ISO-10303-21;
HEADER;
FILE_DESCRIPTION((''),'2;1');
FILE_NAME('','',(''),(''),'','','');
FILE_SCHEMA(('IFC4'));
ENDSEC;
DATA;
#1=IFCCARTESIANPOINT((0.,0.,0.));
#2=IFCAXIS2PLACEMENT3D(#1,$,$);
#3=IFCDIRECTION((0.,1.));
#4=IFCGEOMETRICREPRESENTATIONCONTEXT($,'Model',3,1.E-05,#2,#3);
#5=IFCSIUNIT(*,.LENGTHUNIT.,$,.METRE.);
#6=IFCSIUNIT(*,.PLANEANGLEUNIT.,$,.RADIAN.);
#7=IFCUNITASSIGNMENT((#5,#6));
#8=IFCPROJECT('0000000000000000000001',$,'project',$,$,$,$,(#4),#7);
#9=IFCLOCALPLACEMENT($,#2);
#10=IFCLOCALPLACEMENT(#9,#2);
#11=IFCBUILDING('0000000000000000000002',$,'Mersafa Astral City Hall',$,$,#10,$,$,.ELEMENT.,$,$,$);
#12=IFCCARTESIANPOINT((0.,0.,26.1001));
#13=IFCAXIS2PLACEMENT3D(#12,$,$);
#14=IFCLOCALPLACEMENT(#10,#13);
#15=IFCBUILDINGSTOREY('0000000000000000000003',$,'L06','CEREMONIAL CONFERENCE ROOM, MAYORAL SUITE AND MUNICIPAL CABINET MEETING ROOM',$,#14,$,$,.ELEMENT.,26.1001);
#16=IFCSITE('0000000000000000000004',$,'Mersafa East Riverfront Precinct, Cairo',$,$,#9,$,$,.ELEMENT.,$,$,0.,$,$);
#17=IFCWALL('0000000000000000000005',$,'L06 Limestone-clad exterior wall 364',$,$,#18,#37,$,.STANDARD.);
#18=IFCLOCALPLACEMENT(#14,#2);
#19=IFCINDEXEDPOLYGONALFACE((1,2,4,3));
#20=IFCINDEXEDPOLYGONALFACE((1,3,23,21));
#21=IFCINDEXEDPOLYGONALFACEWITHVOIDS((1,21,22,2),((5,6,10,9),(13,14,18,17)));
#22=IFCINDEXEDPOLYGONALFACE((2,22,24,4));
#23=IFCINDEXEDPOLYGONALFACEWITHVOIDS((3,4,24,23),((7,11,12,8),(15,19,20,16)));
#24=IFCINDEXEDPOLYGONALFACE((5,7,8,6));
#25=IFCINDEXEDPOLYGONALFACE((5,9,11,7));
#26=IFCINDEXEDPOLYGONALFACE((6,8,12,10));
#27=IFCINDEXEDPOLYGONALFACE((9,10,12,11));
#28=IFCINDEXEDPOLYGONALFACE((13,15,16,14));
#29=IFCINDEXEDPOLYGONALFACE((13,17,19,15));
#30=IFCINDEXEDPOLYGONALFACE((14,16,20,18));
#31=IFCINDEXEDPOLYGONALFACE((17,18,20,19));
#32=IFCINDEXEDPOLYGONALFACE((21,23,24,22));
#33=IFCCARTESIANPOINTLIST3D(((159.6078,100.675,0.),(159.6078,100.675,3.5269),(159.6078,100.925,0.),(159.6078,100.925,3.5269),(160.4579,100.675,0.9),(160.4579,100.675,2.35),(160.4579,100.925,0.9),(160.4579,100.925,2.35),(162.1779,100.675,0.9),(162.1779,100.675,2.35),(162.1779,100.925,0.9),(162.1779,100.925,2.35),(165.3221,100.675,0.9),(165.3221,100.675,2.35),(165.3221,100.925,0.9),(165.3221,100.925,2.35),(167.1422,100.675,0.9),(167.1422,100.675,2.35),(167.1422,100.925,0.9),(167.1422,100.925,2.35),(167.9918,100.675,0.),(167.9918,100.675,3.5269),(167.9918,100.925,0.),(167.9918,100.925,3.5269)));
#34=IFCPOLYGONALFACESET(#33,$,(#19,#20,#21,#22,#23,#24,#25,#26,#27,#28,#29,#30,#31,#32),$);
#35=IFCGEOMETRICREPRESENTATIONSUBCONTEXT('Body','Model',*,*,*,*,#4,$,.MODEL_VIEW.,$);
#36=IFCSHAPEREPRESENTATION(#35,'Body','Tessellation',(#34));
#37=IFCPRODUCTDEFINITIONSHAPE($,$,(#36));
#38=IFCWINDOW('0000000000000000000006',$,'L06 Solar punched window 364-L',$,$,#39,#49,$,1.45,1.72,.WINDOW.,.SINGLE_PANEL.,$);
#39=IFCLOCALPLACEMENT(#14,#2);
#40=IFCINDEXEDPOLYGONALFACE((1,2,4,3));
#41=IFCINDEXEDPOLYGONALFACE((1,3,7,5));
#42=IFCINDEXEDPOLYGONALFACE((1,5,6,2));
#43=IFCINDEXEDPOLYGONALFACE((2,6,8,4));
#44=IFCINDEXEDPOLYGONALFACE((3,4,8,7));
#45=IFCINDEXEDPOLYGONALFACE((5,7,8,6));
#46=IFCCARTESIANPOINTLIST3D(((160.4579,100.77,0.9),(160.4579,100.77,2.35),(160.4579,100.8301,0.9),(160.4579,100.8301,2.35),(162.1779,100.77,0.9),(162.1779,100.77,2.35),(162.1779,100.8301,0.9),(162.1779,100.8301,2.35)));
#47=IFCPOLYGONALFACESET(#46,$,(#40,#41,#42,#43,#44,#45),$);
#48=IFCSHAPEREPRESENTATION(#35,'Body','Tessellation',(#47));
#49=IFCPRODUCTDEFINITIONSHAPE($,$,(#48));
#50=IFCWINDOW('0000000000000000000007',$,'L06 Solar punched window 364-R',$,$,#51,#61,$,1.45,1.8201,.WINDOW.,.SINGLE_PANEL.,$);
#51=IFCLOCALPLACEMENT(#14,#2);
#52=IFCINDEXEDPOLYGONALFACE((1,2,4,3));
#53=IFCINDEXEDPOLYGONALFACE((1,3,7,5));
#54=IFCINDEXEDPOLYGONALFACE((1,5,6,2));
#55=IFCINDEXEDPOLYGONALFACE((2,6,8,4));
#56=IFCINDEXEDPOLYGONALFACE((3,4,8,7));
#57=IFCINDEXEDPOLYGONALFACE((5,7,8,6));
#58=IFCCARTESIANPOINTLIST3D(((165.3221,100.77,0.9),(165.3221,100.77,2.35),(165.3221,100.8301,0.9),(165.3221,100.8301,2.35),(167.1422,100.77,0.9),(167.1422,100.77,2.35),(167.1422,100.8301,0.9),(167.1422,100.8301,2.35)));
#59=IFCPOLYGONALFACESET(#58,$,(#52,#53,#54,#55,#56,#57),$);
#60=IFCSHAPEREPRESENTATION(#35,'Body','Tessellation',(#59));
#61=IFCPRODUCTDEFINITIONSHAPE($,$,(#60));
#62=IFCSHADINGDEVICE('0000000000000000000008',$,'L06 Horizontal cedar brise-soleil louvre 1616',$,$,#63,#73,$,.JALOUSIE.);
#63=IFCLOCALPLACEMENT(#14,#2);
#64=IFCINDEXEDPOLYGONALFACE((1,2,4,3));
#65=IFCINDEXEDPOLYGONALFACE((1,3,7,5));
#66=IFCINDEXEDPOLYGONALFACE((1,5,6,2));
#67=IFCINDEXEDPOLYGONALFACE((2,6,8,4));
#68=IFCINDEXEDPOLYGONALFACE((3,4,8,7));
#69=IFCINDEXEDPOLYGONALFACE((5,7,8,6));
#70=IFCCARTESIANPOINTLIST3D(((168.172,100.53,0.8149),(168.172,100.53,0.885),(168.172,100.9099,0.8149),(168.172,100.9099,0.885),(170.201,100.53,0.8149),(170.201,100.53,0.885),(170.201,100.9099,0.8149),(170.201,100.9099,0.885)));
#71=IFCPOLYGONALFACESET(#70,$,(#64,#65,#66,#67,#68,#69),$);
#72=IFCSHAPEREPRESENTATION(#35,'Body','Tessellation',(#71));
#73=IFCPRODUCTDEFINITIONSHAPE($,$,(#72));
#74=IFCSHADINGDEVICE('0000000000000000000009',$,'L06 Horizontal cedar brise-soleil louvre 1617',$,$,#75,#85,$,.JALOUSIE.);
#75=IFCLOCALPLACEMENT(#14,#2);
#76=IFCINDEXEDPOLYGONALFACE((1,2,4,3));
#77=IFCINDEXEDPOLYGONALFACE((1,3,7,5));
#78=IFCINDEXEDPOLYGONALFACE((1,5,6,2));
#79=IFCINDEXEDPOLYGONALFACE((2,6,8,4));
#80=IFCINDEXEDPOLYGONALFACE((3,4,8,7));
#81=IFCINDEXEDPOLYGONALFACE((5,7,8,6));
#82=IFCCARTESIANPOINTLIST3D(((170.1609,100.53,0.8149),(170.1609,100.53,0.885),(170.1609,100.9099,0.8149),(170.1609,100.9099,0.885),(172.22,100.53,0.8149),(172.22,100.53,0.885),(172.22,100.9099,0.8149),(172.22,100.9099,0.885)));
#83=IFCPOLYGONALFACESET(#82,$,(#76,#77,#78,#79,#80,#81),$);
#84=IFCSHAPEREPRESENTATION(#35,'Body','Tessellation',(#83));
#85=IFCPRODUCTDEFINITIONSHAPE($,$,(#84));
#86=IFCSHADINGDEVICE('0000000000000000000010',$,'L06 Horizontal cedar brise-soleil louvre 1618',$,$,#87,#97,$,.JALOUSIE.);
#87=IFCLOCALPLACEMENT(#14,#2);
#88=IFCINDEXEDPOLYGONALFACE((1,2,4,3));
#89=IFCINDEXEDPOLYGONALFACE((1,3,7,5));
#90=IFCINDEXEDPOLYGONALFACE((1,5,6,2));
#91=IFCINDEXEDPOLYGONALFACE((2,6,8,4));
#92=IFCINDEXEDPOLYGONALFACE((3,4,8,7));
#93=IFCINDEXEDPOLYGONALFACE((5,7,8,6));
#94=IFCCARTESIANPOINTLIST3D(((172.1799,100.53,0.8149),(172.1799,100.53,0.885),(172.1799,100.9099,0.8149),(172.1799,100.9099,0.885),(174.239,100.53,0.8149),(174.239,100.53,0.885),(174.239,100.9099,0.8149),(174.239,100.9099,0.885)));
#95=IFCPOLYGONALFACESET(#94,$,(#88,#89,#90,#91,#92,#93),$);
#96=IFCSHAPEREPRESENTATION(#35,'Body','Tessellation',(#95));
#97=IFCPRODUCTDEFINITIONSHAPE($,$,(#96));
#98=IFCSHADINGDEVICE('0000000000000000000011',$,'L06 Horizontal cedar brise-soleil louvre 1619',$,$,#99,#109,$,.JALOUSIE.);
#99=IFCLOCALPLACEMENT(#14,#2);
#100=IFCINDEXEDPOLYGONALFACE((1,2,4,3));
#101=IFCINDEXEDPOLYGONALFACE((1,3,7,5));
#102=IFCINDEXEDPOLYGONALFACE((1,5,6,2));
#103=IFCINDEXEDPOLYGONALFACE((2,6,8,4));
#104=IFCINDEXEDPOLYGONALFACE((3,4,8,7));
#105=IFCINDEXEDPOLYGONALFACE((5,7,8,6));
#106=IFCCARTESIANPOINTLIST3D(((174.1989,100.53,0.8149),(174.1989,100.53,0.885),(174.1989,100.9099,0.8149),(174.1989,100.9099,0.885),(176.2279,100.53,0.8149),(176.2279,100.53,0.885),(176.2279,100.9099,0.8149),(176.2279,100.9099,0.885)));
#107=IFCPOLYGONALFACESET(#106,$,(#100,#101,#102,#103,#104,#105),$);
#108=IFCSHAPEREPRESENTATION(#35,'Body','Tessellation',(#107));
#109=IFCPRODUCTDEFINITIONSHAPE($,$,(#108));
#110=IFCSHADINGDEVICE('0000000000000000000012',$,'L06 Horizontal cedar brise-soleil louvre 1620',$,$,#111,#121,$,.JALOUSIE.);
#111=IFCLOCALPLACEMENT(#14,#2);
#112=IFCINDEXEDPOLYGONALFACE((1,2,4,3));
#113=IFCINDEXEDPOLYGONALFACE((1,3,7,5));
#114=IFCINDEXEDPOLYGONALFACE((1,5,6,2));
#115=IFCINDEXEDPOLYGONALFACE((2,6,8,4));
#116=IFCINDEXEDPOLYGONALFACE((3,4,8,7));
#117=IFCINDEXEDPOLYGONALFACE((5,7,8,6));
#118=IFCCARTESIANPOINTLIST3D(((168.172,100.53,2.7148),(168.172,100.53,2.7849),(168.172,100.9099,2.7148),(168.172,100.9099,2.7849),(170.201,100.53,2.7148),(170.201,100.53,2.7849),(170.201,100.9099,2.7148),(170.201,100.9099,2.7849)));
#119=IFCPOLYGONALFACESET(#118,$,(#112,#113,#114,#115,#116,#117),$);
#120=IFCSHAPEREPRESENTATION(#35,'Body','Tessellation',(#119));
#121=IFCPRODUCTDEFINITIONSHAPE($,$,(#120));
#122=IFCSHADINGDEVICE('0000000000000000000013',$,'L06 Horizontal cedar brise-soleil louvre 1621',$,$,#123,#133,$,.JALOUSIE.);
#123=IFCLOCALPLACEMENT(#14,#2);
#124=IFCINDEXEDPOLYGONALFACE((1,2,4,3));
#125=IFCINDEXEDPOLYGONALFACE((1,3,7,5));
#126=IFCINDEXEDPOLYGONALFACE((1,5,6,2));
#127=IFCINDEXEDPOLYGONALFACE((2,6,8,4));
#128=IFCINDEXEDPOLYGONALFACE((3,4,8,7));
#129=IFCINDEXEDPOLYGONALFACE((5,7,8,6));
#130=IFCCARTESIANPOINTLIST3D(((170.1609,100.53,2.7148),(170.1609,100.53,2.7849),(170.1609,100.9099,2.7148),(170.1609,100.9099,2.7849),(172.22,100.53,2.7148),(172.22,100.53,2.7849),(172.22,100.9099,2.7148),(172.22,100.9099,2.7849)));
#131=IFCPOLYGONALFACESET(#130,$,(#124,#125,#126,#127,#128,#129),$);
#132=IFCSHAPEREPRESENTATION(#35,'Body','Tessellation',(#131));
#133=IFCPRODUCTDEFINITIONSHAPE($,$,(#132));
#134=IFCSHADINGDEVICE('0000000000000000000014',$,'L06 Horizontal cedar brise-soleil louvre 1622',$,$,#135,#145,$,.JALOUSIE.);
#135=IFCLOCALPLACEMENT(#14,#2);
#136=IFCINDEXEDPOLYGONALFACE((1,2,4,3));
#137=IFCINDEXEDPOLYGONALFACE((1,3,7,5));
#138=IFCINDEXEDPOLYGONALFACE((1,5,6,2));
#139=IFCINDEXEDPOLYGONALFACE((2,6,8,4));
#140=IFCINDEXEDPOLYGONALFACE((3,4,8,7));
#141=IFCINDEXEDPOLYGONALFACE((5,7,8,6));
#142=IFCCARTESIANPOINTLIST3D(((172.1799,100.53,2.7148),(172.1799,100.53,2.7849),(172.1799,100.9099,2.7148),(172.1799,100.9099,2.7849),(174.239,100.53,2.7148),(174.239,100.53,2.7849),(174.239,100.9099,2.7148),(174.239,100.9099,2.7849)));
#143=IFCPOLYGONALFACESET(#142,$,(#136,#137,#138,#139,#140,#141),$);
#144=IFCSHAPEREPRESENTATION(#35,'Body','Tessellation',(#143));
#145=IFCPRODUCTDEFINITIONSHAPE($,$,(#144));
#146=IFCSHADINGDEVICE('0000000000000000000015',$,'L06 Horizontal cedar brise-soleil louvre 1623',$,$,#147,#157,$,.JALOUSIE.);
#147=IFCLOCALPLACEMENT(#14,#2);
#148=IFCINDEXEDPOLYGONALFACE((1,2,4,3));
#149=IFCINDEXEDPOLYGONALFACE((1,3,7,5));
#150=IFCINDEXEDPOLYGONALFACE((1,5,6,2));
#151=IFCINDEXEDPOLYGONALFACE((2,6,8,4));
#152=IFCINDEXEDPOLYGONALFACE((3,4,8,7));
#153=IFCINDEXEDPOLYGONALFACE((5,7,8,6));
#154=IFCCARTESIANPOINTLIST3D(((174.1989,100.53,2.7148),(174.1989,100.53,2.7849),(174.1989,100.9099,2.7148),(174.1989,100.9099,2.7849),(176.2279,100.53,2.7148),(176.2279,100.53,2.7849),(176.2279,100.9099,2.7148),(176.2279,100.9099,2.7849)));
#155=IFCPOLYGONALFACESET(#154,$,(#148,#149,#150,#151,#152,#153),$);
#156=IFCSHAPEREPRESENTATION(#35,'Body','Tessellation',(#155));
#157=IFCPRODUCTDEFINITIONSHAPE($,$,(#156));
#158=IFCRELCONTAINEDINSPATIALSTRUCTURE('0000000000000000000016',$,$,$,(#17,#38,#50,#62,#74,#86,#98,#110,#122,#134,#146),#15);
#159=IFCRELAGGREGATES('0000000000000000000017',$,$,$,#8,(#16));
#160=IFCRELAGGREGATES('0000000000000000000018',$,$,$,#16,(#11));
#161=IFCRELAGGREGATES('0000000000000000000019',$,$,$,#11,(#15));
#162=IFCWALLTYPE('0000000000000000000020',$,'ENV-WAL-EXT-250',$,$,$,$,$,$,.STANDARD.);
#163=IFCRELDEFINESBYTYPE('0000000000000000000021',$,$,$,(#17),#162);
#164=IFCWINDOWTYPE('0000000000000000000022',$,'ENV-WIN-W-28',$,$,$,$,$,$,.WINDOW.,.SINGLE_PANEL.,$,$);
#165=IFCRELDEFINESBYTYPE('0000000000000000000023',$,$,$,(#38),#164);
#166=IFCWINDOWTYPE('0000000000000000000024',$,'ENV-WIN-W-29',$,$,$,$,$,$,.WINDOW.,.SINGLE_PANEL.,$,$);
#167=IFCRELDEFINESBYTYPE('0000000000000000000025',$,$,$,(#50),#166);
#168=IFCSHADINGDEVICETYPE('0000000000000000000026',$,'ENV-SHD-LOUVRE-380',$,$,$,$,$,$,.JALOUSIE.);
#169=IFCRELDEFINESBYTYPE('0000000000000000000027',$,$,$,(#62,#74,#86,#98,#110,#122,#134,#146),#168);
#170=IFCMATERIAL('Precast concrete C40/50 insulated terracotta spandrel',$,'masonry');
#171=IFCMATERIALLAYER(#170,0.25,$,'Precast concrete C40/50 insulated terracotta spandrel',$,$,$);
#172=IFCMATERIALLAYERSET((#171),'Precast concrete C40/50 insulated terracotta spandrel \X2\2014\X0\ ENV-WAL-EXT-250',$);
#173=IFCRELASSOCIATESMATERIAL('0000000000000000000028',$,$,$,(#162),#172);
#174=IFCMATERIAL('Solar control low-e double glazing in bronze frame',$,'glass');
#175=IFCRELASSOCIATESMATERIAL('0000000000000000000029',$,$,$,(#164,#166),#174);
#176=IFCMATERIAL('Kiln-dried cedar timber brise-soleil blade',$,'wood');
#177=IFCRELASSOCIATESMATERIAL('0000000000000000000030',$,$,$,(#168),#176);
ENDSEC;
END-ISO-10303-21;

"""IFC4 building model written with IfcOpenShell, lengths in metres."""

from ifc_helpers import new_model, si_unit, direction, frame, frame_2d, origin, origin_2d, place, context, subcontext, project, spatial, rectangle, extrude, material, layer, layer_set, type_object, element, fill, save


model = new_model("IFC4")

# Units and contexts
model_context = context("Model", 3, precision=1e-05, world=origin(), true_north=direction((0.0, 1.0)))
body_context = subcontext(model_context, "Body", "Model", "MODEL_VIEW")
ifc_project = project(units=[si_unit("LENGTHUNIT", "METRE"), si_unit("PLANEANGLEUNIT", "RADIAN")], contexts=[model_context])

# Site, building, storey
site_placement = place(None, origin())
site = spatial("IfcSite", under=ifc_project, at=site_placement, Name="Mersafa East Riverfront Precinct, Cairo", CompositionType="ELEMENT", RefElevation=0.0)
building_placement = place(site_placement, origin())
building = spatial("IfcBuilding", under=site, at=building_placement, Name="Mersafa Astral City Hall", CompositionType="ELEMENT")
storey_placement = place(building_placement, frame((0.0, 0.0, 26.1001)))
storey = spatial("IfcBuildingStorey", under=building, at=storey_placement, Name="L06", Description="CEREMONIAL CONFERENCE ROOM, MAYORAL SUITE AND MUNICIPAL CABINET MEETING ROOM", CompositionType="ELEMENT", Elevation=26.1001)

# Wall, openings, windows
ifc_material_1 = material(Name="Precast concrete C40/50 insulated terracotta spandrel", Category="masonry")
ifc_layer = layer(ifc_material_1, 0.25, Name="Precast concrete C40/50 insulated terracotta spandrel")
ifc_layer_set = layer_set([ifc_layer], Name="Precast concrete C40/50 insulated terracotta spandrel — ENV-WAL-EXT-250")
wall_type = type_object("IfcWallType", Name="ENV-WAL-EXT-250", PredefinedType="STANDARD", material=ifc_layer_set)
wall_placement = place(storey_placement, frame((159.6079, 100.8, 0.0), z_axis=(0.0, 0.0, 1.0), x_axis=(1.0, 0.0, 0.0)))
wall = element("IfcWall", 1, at=wall_placement, inside=storey, type_object=wall_type, Name="L06 Limestone-clad exterior wall 364", PredefinedType="STANDARD", context=body_context, shape_type="SweptSolid", body=[
    extrude(rectangle(XDim=8.384, YDim=0.25, at=frame_2d((4.1919, 0.0))), origin(), (0.0, 0.0, 1.0), 3.5269),
])
opening_1_placement = place(wall_placement, frame((0.8501, 0.0, 0.8999)))
opening_1 = element("IfcOpeningElement", 2, at=opening_1_placement, cuts=wall, PredefinedType="OPENING", context=body_context, shape_type="SweptSolid", body=[
    extrude(rectangle(XDim=1.72, YDim=1.45, at=frame_2d((0.8599, 0.7251))), frame((0.0, 0.135, 0.0), z_axis=(0.0, -1.0, 0.0), x_axis=(1.0, 0.0, 0.0)), (0.0, 0.0, 1.0), 0.27),
])
opening_2_placement = place(wall_placement, frame((5.7141, 0.0, 0.8999)))
opening_2 = element("IfcOpeningElement", 3, at=opening_2_placement, cuts=wall, PredefinedType="OPENING", context=body_context, shape_type="SweptSolid", body=[
    extrude(rectangle(XDim=1.8201, YDim=1.45, at=frame_2d((0.9102, 0.7251))), frame((0.0, 0.135, 0.0), z_axis=(0.0, -1.0, 0.0), x_axis=(1.0, 0.0, 0.0)), (0.0, 0.0, 1.0), 0.27),
])
ifc_material_2 = material(Name="Solar control low-e double glazing in bronze frame", Category="glass")
window_type_1 = type_object("IfcWindowType", Name="ENV-WIN-W-28", PartitioningType="SINGLE_PANEL", PredefinedType="WINDOW", material=ifc_material_2)
window_1_placement = place(opening_1_placement, origin())
window_1 = element("IfcWindow", 4, at=window_1_placement, inside=storey, type_object=window_type_1, Name="L06 Solar punched window 364-L", OverallHeight=1.45, OverallWidth=1.72, PartitioningType="SINGLE_PANEL", PredefinedType="WINDOW", context=body_context, shape_type="SweptSolid", body=[
    extrude(rectangle(XDim=1.72, YDim=1.45, at=frame_2d((0.8599, 0.7251))), frame((0.0, 0.03, 0.0), z_axis=(0.0, -1.0, 0.0), x_axis=(1.0, 0.0, 0.0)), (0.0, 0.0, 1.0), 0.0601),
])
fill(opening_1, window_1)
window_type_2 = type_object("IfcWindowType", Name="ENV-WIN-W-29", PartitioningType="SINGLE_PANEL", PredefinedType="WINDOW", material=ifc_material_2)
window_2_placement = place(opening_2_placement, origin())
window_2 = element("IfcWindow", 5, at=window_2_placement, inside=storey, type_object=window_type_2, Name="L06 Solar punched window 364-R", OverallHeight=1.45, OverallWidth=1.8201, PartitioningType="SINGLE_PANEL", PredefinedType="WINDOW", context=body_context, shape_type="SweptSolid", body=[
    extrude(rectangle(XDim=1.8201, YDim=1.45, at=frame_2d((0.9102, 0.7251))), frame((0.0, 0.03, 0.0), z_axis=(0.0, -1.0, 0.0), x_axis=(1.0, 0.0, 0.0)), (0.0, 0.0, 1.0), 0.0601),
])
fill(opening_2, window_2)

# Shading devices
ifc_material_3 = material(Name="Kiln-dried cedar timber brise-soleil blade", Category="wood")
shading_device_type = type_object("IfcShadingDeviceType", Name="ENV-SHD-LOUVRE-380", PredefinedType="JALOUSIE", material=ifc_material_3)
shading_device_1_placement = place(storey_placement, frame((169.1865, 100.72, 0.8149), z_axis=(0.0, 0.0, 1.0), x_axis=(1.0, 0.0, 0.0)))
element("IfcShadingDevice", 6, at=shading_device_1_placement, inside=storey, type_object=shading_device_type, Name="L06 Horizontal cedar brise-soleil louvre 1616", PredefinedType="JALOUSIE", context=body_context, shape_type="SweptSolid", body=[
    extrude(rectangle(XDim=2.0291, YDim=0.3799, at=origin_2d()), origin(), (0.0, 0.0, 1.0), 0.0701),
])
for number, where, z_axis, x_axis, name in (
    (7, (171.1904, 100.72, 0.8149), (0.0, 0.0, 1.0), (1.0, 0.0, 0.0), "L06 Horizontal cedar brise-soleil louvre 1617"),
    (8, (173.2095, 100.72, 0.8149), (0.0, 0.0, 1.0), (1.0, 0.0, 0.0), "L06 Horizontal cedar brise-soleil louvre 1618"),
):
    element("IfcShadingDevice", number, at=place(storey_placement, frame(where, z_axis=z_axis, x_axis=x_axis)), inside=storey, type_object=shading_device_type, Name=name, PredefinedType="JALOUSIE", context=body_context, shape_type="SweptSolid", body=[
        extrude(rectangle(XDim=2.0591, YDim=0.3799, at=origin_2d()), origin(), (0.0, 0.0, 1.0), 0.0701),
    ])
for number, where, z_axis, x_axis, name in (
    (9, (175.2134, 100.72, 0.8149), (0.0, 0.0, 1.0), (1.0, 0.0, 0.0), "L06 Horizontal cedar brise-soleil louvre 1619"),
    (10, (169.1865, 100.72, 2.7148), (0.0, 0.0, 1.0), (1.0, 0.0, 0.0), "L06 Horizontal cedar brise-soleil louvre 1620"),
):
    element("IfcShadingDevice", number, at=place(storey_placement, frame(where, z_axis=z_axis, x_axis=x_axis)), inside=storey, type_object=shading_device_type, Name=name, PredefinedType="JALOUSIE", context=body_context, shape_type="SweptSolid", body=[
        extrude(rectangle(XDim=2.0291, YDim=0.3799, at=origin_2d()), origin(), (0.0, 0.0, 1.0), 0.0701),
    ])
for number, where, z_axis, x_axis, name in (
    (11, (171.1904, 100.72, 2.7148), (0.0, 0.0, 1.0), (1.0, 0.0, 0.0), "L06 Horizontal cedar brise-soleil louvre 1621"),
    (12, (173.2095, 100.72, 2.7148), (0.0, 0.0, 1.0), (1.0, 0.0, 0.0), "L06 Horizontal cedar brise-soleil louvre 1622"),
):
    element("IfcShadingDevice", number, at=place(storey_placement, frame(where, z_axis=z_axis, x_axis=x_axis)), inside=storey, type_object=shading_device_type, Name=name, PredefinedType="JALOUSIE", context=body_context, shape_type="SweptSolid", body=[
        extrude(rectangle(XDim=2.0591, YDim=0.3799, at=origin_2d()), origin(), (0.0, 0.0, 1.0), 0.0701),
    ])
shading_device_2_placement = place(storey_placement, frame((175.2134, 100.72, 2.7148), z_axis=(0.0, 0.0, 1.0), x_axis=(1.0, 0.0, 0.0)))
element("IfcShadingDevice", 13, at=shading_device_2_placement, inside=storey, type_object=shading_device_type, Name="L06 Horizontal cedar brise-soleil louvre 1623", PredefinedType="JALOUSIE", context=body_context, shape_type="SweptSolid", body=[
    extrude(rectangle(XDim=2.0291, YDim=0.3799, at=origin_2d()), origin(), (0.0, 0.0, 1.0), 0.0701),
])

save(model, "model.ifc")
